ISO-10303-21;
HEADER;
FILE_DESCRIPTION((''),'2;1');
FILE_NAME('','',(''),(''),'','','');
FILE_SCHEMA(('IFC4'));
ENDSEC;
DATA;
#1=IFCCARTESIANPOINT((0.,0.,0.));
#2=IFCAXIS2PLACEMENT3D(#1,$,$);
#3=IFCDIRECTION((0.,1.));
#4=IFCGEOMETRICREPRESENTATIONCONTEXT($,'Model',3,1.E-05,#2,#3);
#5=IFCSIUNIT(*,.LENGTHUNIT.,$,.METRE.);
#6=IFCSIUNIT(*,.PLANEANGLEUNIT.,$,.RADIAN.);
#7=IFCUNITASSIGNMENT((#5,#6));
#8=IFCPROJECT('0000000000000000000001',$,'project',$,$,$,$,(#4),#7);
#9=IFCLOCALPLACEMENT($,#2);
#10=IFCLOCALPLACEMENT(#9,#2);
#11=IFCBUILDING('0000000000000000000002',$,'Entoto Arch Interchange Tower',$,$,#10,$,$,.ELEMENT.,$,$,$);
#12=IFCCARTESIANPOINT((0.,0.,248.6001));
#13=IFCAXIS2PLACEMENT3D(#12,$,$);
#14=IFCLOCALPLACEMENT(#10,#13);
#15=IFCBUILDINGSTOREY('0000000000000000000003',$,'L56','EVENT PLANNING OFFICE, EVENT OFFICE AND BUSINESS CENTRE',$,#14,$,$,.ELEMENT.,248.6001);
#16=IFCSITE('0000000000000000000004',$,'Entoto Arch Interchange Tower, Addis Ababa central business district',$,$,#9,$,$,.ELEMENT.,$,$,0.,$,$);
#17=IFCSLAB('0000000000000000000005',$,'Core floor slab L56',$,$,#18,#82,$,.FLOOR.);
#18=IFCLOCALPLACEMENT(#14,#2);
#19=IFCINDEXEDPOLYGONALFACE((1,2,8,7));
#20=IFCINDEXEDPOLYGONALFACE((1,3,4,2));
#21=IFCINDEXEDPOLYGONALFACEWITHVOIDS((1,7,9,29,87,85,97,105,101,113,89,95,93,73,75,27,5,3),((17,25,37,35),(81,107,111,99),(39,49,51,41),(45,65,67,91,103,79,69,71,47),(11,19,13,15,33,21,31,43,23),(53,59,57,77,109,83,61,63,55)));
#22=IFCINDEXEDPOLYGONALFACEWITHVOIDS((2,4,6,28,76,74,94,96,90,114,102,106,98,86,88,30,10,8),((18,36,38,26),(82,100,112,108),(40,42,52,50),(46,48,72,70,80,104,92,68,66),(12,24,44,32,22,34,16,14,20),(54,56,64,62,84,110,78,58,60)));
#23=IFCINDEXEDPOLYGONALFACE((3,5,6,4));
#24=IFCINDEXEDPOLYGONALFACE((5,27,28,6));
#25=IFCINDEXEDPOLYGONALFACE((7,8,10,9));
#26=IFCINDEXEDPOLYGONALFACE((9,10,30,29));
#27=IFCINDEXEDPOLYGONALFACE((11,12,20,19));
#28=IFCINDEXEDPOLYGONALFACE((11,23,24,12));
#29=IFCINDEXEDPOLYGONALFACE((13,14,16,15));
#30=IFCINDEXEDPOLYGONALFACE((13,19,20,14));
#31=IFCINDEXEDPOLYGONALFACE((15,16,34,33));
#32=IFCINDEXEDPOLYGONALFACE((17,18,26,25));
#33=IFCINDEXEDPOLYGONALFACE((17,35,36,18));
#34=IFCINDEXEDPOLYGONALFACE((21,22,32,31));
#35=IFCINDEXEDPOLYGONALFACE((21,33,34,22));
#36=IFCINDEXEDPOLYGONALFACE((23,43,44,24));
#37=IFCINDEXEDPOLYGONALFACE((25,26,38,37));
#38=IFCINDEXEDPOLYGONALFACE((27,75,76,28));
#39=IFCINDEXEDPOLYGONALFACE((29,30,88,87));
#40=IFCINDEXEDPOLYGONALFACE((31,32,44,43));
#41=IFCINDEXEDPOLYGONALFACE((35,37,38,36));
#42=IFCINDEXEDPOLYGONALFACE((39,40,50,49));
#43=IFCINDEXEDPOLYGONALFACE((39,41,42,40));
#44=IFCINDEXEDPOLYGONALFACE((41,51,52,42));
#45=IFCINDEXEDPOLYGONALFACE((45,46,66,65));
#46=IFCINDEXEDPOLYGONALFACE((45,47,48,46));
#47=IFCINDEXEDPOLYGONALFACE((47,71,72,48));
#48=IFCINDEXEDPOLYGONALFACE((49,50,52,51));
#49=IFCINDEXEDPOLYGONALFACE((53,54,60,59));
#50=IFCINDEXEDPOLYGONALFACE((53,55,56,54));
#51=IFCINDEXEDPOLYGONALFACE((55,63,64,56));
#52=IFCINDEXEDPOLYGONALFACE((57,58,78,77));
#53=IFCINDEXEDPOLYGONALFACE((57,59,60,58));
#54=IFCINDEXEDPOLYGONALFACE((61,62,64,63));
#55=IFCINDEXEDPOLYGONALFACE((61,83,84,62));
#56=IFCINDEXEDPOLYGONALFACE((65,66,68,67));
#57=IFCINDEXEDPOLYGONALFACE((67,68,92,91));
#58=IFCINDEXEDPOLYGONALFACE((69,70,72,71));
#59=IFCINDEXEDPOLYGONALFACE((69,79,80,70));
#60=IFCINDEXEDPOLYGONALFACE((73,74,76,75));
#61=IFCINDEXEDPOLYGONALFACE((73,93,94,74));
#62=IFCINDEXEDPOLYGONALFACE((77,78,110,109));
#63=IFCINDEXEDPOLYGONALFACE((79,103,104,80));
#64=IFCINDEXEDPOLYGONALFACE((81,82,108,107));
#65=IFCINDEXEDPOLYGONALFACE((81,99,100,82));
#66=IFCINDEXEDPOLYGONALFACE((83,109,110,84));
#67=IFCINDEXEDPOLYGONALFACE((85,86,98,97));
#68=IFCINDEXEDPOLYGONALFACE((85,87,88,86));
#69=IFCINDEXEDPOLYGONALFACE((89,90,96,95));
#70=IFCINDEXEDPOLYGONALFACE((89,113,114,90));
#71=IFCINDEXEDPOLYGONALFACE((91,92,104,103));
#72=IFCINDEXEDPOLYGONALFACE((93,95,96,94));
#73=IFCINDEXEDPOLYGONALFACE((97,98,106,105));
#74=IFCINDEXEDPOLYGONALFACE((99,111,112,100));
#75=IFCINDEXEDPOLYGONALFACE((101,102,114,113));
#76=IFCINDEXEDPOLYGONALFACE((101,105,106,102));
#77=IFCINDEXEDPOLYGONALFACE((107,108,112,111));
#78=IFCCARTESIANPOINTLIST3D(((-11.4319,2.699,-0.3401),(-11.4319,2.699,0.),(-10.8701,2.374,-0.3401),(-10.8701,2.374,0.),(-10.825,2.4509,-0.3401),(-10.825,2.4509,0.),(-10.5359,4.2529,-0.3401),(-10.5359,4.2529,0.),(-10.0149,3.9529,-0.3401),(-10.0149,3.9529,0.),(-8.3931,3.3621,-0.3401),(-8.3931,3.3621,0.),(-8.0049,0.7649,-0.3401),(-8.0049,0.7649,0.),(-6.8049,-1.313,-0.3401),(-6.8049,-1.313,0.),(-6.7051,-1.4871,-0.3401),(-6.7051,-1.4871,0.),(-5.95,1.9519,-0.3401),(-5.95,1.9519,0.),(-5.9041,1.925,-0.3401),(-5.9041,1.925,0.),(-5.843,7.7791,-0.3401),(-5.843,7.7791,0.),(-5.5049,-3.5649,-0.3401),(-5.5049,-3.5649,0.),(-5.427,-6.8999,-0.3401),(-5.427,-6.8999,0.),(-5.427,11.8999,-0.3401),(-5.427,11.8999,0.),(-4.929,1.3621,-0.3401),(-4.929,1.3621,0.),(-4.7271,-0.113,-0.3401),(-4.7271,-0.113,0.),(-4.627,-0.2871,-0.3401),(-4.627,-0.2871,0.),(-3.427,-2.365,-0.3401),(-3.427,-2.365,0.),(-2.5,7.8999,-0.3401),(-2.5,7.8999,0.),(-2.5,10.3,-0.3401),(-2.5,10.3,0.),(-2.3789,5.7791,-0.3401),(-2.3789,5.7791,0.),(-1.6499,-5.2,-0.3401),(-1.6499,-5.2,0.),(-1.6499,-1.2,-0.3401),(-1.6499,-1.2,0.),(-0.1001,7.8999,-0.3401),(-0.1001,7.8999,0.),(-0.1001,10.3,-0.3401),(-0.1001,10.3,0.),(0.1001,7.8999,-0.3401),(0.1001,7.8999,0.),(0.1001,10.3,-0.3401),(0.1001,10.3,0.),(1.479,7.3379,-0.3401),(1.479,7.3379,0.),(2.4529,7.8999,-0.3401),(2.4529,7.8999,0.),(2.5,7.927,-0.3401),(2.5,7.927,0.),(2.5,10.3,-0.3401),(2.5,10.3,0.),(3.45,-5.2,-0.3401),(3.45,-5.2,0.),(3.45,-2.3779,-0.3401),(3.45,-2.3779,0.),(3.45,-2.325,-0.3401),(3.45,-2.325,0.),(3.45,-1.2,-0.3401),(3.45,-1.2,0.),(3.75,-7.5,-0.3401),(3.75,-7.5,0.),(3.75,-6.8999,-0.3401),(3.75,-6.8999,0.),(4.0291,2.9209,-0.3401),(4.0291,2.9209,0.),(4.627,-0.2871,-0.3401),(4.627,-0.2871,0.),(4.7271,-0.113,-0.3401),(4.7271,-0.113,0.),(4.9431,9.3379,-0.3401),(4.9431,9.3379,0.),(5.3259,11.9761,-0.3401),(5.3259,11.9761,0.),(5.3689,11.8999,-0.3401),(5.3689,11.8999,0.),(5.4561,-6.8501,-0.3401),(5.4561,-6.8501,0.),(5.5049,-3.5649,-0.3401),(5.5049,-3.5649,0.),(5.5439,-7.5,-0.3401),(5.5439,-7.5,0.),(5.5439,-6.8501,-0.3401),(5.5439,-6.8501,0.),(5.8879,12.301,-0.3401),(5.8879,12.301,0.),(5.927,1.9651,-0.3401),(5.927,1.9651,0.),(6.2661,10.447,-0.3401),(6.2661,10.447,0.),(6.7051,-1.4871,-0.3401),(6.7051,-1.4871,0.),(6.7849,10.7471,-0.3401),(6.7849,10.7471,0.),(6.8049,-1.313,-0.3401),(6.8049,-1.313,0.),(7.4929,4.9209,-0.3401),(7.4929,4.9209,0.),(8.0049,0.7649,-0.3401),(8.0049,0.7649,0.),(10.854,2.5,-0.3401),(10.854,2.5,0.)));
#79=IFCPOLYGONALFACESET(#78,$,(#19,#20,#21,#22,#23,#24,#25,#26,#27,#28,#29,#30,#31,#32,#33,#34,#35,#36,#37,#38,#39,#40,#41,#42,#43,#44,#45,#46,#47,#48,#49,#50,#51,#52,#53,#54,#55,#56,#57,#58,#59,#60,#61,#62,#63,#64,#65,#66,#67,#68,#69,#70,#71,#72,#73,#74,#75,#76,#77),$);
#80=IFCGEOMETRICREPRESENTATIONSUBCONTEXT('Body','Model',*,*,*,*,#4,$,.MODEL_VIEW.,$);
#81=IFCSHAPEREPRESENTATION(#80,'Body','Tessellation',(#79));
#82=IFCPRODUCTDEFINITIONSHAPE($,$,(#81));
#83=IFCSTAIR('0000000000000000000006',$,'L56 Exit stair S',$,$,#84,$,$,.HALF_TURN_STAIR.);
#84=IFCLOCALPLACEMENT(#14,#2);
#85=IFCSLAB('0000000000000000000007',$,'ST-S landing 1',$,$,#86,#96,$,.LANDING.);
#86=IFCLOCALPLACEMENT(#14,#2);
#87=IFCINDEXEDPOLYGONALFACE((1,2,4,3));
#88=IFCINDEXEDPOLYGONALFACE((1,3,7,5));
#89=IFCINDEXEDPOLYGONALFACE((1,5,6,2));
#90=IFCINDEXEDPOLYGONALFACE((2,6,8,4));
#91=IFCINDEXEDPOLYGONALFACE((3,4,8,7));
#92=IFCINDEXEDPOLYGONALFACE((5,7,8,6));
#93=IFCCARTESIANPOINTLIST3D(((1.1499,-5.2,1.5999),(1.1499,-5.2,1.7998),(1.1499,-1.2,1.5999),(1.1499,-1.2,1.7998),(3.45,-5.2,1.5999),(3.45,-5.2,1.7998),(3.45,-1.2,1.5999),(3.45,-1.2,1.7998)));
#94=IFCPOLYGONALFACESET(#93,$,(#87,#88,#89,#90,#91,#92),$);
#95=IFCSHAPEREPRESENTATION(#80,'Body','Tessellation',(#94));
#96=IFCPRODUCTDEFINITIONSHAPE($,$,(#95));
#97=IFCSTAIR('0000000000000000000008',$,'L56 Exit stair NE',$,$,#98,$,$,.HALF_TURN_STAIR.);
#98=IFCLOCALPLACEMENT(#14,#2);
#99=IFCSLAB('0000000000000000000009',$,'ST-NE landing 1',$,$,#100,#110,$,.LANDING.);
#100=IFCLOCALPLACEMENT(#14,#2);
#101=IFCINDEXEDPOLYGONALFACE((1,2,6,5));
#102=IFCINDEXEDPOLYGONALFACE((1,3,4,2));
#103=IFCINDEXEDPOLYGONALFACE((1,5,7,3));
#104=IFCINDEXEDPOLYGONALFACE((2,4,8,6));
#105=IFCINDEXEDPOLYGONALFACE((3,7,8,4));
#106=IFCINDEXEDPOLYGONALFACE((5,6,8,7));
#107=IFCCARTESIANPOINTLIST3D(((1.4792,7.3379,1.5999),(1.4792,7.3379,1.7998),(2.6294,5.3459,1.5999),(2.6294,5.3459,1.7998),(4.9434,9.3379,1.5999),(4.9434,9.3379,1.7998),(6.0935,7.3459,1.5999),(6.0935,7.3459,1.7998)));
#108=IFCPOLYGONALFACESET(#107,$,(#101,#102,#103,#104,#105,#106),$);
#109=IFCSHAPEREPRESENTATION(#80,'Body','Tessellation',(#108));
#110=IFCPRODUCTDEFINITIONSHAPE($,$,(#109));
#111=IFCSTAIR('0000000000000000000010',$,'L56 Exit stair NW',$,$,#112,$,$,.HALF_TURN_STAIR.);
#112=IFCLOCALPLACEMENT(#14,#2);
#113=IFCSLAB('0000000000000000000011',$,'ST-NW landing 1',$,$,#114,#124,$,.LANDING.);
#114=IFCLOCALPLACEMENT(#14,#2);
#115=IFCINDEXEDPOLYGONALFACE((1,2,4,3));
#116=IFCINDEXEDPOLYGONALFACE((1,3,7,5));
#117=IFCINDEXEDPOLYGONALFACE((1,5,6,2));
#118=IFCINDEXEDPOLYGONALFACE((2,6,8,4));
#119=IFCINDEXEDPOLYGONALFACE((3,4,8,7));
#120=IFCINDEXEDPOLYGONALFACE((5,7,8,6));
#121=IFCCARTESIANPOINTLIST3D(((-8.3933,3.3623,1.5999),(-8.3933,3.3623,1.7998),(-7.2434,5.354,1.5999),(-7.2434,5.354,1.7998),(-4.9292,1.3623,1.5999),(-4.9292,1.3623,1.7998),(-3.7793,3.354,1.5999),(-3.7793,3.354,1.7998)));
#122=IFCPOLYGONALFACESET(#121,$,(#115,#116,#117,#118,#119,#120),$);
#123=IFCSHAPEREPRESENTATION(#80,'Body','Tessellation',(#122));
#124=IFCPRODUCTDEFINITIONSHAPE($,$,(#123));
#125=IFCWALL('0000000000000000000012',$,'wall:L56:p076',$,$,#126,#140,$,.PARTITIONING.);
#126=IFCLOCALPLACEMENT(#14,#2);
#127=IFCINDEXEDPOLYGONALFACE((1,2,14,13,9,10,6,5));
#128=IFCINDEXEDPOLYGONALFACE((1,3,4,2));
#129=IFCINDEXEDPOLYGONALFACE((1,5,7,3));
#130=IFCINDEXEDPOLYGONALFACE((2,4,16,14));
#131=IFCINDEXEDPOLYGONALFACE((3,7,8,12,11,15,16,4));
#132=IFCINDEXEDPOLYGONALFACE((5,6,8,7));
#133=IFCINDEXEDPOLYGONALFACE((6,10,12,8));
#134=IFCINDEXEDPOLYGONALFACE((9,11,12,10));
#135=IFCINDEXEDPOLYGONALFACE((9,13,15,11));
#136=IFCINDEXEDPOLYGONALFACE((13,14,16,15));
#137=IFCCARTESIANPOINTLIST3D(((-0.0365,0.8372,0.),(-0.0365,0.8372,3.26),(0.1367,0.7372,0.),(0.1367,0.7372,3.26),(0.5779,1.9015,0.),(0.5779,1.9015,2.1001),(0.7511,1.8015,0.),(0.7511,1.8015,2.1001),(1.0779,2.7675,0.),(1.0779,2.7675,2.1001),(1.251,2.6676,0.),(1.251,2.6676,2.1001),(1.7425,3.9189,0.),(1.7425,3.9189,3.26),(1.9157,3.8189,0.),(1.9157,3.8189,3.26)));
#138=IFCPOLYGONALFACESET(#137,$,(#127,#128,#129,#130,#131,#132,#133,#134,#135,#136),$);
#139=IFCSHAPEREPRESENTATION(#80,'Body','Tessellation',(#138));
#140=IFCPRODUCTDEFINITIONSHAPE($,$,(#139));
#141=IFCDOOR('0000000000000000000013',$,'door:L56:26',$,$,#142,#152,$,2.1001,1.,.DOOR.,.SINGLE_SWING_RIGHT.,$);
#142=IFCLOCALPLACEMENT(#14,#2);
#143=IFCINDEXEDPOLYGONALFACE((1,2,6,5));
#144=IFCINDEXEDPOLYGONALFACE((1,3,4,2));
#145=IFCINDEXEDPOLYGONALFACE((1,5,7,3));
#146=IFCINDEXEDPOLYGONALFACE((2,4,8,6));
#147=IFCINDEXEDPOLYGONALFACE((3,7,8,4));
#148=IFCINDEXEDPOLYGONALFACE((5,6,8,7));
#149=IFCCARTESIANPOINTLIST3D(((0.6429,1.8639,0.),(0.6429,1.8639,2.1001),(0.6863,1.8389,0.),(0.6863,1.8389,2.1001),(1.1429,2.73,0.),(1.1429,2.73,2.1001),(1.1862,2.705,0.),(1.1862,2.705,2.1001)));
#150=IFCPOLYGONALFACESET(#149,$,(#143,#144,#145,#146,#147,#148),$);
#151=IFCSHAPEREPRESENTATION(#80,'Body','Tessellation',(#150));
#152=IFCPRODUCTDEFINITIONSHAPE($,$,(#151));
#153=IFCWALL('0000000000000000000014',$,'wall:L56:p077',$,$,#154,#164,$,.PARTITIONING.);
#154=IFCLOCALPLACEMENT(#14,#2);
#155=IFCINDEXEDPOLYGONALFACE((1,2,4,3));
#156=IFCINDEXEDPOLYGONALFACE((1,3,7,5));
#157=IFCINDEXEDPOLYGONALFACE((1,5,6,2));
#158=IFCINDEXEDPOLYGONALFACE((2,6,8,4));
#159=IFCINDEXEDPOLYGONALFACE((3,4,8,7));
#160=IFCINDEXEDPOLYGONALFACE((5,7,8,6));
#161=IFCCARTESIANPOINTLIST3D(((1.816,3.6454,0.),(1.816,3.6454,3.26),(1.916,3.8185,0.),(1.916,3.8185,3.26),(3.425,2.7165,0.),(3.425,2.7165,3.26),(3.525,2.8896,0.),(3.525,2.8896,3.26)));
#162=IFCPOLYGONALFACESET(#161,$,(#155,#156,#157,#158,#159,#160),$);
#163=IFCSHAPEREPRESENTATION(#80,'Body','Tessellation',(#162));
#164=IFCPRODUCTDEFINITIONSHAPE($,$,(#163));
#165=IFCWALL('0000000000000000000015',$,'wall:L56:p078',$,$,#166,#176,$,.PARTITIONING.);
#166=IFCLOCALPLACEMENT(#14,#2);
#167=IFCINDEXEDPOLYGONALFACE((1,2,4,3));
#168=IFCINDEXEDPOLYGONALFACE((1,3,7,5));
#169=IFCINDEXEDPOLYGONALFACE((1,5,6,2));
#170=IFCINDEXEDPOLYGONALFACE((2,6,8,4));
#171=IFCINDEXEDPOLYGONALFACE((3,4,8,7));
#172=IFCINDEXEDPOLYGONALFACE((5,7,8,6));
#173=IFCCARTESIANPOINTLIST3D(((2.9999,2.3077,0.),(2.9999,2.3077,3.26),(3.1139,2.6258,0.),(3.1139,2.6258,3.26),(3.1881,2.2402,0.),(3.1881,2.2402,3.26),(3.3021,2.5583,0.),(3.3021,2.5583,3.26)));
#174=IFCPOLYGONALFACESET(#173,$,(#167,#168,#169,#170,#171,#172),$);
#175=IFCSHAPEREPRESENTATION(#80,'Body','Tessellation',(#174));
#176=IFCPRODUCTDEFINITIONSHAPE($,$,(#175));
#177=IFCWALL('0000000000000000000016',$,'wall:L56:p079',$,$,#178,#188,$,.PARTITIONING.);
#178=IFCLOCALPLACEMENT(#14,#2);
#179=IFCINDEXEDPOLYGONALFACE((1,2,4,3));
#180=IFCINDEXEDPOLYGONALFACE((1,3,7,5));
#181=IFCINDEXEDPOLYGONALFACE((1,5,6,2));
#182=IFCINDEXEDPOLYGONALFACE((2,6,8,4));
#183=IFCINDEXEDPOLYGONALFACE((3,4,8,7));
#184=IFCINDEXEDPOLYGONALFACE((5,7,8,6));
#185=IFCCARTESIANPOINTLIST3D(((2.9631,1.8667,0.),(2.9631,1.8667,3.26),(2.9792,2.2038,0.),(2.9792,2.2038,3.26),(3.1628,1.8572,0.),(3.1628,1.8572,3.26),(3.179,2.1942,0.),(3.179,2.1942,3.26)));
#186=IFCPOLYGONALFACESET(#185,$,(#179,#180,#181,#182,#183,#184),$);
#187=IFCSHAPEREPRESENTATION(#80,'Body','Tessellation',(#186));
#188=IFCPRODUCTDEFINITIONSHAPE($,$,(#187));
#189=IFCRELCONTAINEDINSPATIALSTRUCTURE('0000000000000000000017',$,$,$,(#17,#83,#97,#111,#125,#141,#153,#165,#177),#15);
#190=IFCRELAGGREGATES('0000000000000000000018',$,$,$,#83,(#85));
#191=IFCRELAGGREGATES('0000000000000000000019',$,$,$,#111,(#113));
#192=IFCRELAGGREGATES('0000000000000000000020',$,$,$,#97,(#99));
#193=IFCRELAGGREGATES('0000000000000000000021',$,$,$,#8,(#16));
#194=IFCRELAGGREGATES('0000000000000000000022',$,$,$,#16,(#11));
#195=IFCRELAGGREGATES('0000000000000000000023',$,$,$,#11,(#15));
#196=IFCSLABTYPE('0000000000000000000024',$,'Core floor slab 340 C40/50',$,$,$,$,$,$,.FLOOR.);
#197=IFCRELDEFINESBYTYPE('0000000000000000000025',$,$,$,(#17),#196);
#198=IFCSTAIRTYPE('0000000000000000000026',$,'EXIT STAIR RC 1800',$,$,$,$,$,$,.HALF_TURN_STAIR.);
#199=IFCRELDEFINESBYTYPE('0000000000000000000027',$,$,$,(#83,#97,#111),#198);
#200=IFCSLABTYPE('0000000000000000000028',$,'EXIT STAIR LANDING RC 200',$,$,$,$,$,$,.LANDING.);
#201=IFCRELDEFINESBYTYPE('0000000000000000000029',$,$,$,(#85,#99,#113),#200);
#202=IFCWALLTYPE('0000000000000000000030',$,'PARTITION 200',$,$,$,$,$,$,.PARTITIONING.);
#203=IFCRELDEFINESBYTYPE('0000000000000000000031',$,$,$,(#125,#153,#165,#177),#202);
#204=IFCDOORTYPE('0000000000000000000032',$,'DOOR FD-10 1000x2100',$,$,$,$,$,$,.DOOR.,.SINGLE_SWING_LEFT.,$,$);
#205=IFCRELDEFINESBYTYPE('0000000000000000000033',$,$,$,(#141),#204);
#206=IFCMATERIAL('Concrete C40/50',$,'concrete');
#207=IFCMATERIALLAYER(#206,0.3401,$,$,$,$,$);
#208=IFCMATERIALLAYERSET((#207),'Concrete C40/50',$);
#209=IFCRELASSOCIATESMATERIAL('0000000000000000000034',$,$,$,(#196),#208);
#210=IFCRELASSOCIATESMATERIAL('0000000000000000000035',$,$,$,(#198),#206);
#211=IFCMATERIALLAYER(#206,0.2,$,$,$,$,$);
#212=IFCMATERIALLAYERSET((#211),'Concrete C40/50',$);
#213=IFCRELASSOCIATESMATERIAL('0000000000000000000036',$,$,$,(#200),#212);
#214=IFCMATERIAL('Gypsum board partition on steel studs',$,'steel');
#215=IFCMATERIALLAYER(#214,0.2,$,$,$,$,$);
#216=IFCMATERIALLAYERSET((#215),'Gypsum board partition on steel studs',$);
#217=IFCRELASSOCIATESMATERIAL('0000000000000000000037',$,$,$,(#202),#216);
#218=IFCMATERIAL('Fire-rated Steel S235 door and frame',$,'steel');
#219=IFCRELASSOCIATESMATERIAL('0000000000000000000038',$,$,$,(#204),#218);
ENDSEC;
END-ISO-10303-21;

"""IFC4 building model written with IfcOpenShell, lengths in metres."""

from ifc_helpers import new_model, si_unit, direction, frame, frame_2d, origin, place, context, subcontext, project, spatial, polyline, rectangle, outline, extrude, material, layer, layer_set, type_object, element, fill, aggregate, save


model = new_model("IFC4")

# Units and contexts
model_context = context("Model", 3, precision=1e-05, world=origin(), true_north=direction((0.0, 1.0)))
body_context = subcontext(model_context, "Body", "Model", "MODEL_VIEW")
ifc_project = project(units=[si_unit("LENGTHUNIT", "METRE"), si_unit("PLANEANGLEUNIT", "RADIAN")], contexts=[model_context])

# Site, building, storey
site_placement = place(None, origin())
site = spatial("IfcSite", under=ifc_project, at=site_placement, Name="Entoto Arch Interchange Tower, Addis Ababa central business district", CompositionType="ELEMENT", RefElevation=0.0)
building_placement = place(site_placement, origin())
building = spatial("IfcBuilding", under=site, at=building_placement, Name="Entoto Arch Interchange Tower", CompositionType="ELEMENT")
storey_placement = place(building_placement, frame((0.0, 0.0, 248.6001)))
storey = spatial("IfcBuildingStorey", under=building, at=storey_placement, Name="L56", Description="EVENT PLANNING OFFICE, EVENT OFFICE AND BUSINESS CENTRE", CompositionType="ELEMENT", Elevation=248.6001)

# Slab
ifc_material_1 = material(Name="Concrete C40/50", Category="concrete")
ifc_layer_1 = layer(ifc_material_1, 0.3401)
ifc_layer_set_1 = layer_set([ifc_layer_1], Name="Concrete C40/50")
slab_type_1 = type_object("IfcSlabType", Name="Core floor slab 340 C40/50", PredefinedType="FLOOR", material=ifc_layer_set_1)
slab_1_placement = place(storey_placement, frame((0.0, 0.0, -0.3401)))
element("IfcSlab", 1, at=slab_1_placement, inside=storey, type_object=slab_type_1, Name="Core floor slab L56", PredefinedType="FLOOR", context=body_context, shape_type="SweptSolid", body=[
    extrude(outline(polyline([(-10.825, 2.4509), (-10.8701, 2.374), (-11.4319, 2.699), (-10.5359, 4.2529), (-10.0149, 3.9529), (-5.427, 11.8999), (5.3689, 11.8999), (5.3259, 11.9761), (5.8879, 12.301), (6.7849, 10.7471), (6.2661, 10.447), (10.854, 2.5), (5.4561, -6.8501), (5.5439, -6.8501), (5.5439, -7.5), (3.75, -7.5), (3.75, -6.8999), (-5.427, -6.8999), (-10.825, 2.4509)]), holes=[polyline([(-1.6499, -5.2), (3.45, -5.2), (3.45, -2.3779), (5.5049, -3.5649), (6.7051, -1.4871), (4.627, -0.2871), (3.45, -2.325), (3.45, -1.2), (-1.6499, -1.2), (-1.6499, -5.2)]), polyline([(-4.627, -0.2871), (-6.7051, -1.4871), (-5.5049, -3.5649), (-3.427, -2.365), (-4.627, -0.2871)]), polyline([(-5.9041, 1.925), (-4.929, 1.3621), (-2.3789, 5.7791), (-5.843, 7.7791), (-8.3931, 3.3621), (-5.95, 1.9519), (-8.0049, 0.7649), (-6.8049, -1.313), (-4.7271, -0.113), (-5.9041, 1.925)]), polyline([(4.7271, -0.113), (6.8049, -1.313), (8.0049, 0.7649), (5.927, 1.9651), (4.7271, -0.113)]), polyline([(2.5, 7.927), (2.5, 10.3), (0.1001, 10.3), (0.1001, 7.8999), (2.4529, 7.8999), (1.479, 7.3379), (4.0291, 2.9209), (7.4929, 4.9209), (4.9431, 9.3379), (2.5, 7.927)]), polyline([(-2.5, 7.8999), (-0.1001, 7.8999), (-0.1001, 10.3), (-2.5, 10.3), (-2.5, 7.8999)])]), origin(), (0.0, 0.0, 1.0), 0.3401),
])

# Stairs, slabs
stair_type = type_object("IfcStairType", Name="EXIT STAIR RC 1800", PredefinedType="HALF_TURN_STAIR", material=ifc_material_1)
stair_1_placement = place(storey_placement, origin())
stair_1 = element("IfcStair", 2, at=stair_1_placement, inside=storey, type_object=stair_type, Name="L56 Exit stair S", PredefinedType="HALF_TURN_STAIR")
ifc_layer_2 = layer(ifc_material_1, 0.2)
ifc_layer_set_2 = layer_set([ifc_layer_2], Name="Concrete C40/50")
slab_type_2 = type_object("IfcSlabType", Name="EXIT STAIR LANDING RC 200", PredefinedType="LANDING", material=ifc_layer_set_2)
slab_2_placement = place(storey_placement, frame((0.0, 0.0, 1.5999)))
slab_2 = element("IfcSlab", 3, at=slab_2_placement, type_object=slab_type_2, Name="ST-S landing 1", PredefinedType="LANDING", context=body_context, shape_type="SweptSolid", body=[
    extrude(outline(polyline([(1.1499, -5.2), (3.45, -5.2), (3.45, -1.2), (1.1499, -1.2), (1.1499, -5.2)])), origin(), (0.0, 0.0, 1.0), 0.2),
])
aggregate(stair_1, [slab_2])
stair_2_placement = place(storey_placement, origin())
stair_2 = element("IfcStair", 4, at=stair_2_placement, inside=storey, type_object=stair_type, Name="L56 Exit stair NE", PredefinedType="HALF_TURN_STAIR")
slab_3_placement = place(storey_placement, frame((0.0, 0.0, 1.5999)))
slab_3 = element("IfcSlab", 5, at=slab_3_placement, type_object=slab_type_2, Name="ST-NE landing 1", PredefinedType="LANDING", context=body_context, shape_type="SweptSolid", body=[
    extrude(outline(polyline([(6.0935, 7.3459), (4.9434, 9.3379), (1.4792, 7.3379), (2.6294, 5.3459), (6.0935, 7.3459)])), origin(), (0.0, 0.0, 1.0), 0.2),
])
stair_3_placement = place(storey_placement, origin())
stair_3 = element("IfcStair", 6, at=stair_3_placement, inside=storey, type_object=stair_type, Name="L56 Exit stair NW", PredefinedType="HALF_TURN_STAIR")
slab_4_placement = place(storey_placement, frame((0.0, 0.0, 1.5999)))
slab_4 = element("IfcSlab", 7, at=slab_4_placement, type_object=slab_type_2, Name="ST-NW landing 1", PredefinedType="LANDING", context=body_context, shape_type="SweptSolid", body=[
    extrude(outline(polyline([(-7.2434, 5.354), (-8.3933, 3.3623), (-4.9292, 1.3623), (-3.7793, 3.354), (-7.2434, 5.354)])), origin(), (0.0, 0.0, 1.0), 0.2),
])
aggregate(stair_3, [slab_4])

# Wall, opening, door
ifc_material_2 = material(Name="Gypsum board partition on steel studs", Category="steel")
ifc_layer_3 = layer(ifc_material_2, 0.2)
ifc_layer_set_3 = layer_set([ifc_layer_3], Name="Gypsum board partition on steel studs")
wall_type = type_object("IfcWallType", Name="PARTITION 200", PredefinedType="PARTITIONING", material=ifc_layer_set_3)
wall_1_placement = place(storey_placement, frame((0.05, 0.7871, 0.0), z_axis=(0.0, 0.0, 1.0), x_axis=(0.499954, 0.866052, 0.0)))
wall_1 = element("IfcWall", 8, at=wall_1_placement, inside=storey, type_object=wall_type, Name="wall:L56:p076", PredefinedType="PARTITIONING", context=body_context, shape_type="SweptSolid", body=[
    extrude(rectangle(XDim=3.5583, YDim=0.2, at=frame_2d((1.7793, 0.0))), origin(), (0.0, 0.0, 1.0), 3.26),
])
opening_placement = place(wall_1_placement, frame((1.229, 0.0, 0.0)))
opening = element("IfcOpeningElement", 9, at=opening_placement, cuts=wall_1, PredefinedType="OPENING", context=body_context, shape_type="SweptSolid", body=[
    extrude(rectangle(XDim=1.0, YDim=2.1001, at=frame_2d((0.5, 1.05))), frame((0.0, 0.1099, 0.0), z_axis=(0.0, -1.0, 0.0), x_axis=(1.0, 0.0, 0.0)), (0.0, 0.0, 1.0), 0.22),
])
ifc_material_3 = material(Name="Fire-rated Steel S235 door and frame", Category="steel")
door_type = type_object("IfcDoorType", Name="DOOR FD-10 1000x2100", OperationType="SINGLE_SWING_LEFT", PredefinedType="DOOR", material=ifc_material_3)
door_placement = place(opening_placement, origin())
door = element("IfcDoor", 10, at=door_placement, inside=storey, type_object=door_type, Name="door:L56:26", OperationType="SINGLE_SWING_RIGHT", OverallHeight=2.1001, OverallWidth=1.0, PredefinedType="DOOR", context=body_context, shape_type="SweptSolid", body=[
    extrude(rectangle(XDim=1.0, YDim=2.1001, at=frame_2d((0.5, 1.05))), frame((0.0, 0.0249, 0.0), z_axis=(0.0, -1.0, 0.0), x_axis=(1.0, 0.0, 0.0)), (0.0, 0.0, 1.0), 0.05),
])
fill(opening, door)

# Walls
wall_2_placement = place(storey_placement, frame((1.866, 3.7319, 0.0), z_axis=(0.0, 0.0, 1.0), x_axis=(0.866043, -0.499969, 0.0)))
element("IfcWall", 11, at=wall_2_placement, inside=storey, type_object=wall_type, Name="wall:L56:p077", PredefinedType="PARTITIONING", context=body_context, shape_type="SweptSolid", body=[
    extrude(rectangle(XDim=1.8579, YDim=0.2, at=frame_2d((0.929, 0.0))), origin(), (0.0, 0.0, 1.0), 3.26),
])
wall_3_placement = place(storey_placement, frame((3.208, 2.592, 0.0), z_axis=(0.0, 0.0, 1.0), x_axis=(-0.337389, -0.941365, 0.0)))
element("IfcWall", 12, at=wall_3_placement, inside=storey, type_object=wall_type, Name="wall:L56:p078", PredefinedType="PARTITIONING", context=body_context, shape_type="SweptSolid", body=[
    extrude(rectangle(XDim=0.3379, YDim=0.2, at=frame_2d((0.1689, 0.0))), origin(), (0.0, 0.0, 1.0), 3.26),
])
wall_4_placement = place(storey_placement, frame((3.0791, 2.199, 0.0), z_axis=(0.0, 0.0, 1.0), x_axis=(-0.047771, -0.998858, 0.0)))
element("IfcWall", 13, at=wall_4_placement, inside=storey, type_object=wall_type, Name="wall:L56:p079", PredefinedType="PARTITIONING", context=body_context, shape_type="SweptSolid", body=[
    extrude(rectangle(XDim=0.3374, YDim=0.2, at=frame_2d((0.1687, 0.0))), origin(), (0.0, 0.0, 1.0), 3.26),
])

aggregate(stair_2, [slab_3])

save(model, "model.ifc")
